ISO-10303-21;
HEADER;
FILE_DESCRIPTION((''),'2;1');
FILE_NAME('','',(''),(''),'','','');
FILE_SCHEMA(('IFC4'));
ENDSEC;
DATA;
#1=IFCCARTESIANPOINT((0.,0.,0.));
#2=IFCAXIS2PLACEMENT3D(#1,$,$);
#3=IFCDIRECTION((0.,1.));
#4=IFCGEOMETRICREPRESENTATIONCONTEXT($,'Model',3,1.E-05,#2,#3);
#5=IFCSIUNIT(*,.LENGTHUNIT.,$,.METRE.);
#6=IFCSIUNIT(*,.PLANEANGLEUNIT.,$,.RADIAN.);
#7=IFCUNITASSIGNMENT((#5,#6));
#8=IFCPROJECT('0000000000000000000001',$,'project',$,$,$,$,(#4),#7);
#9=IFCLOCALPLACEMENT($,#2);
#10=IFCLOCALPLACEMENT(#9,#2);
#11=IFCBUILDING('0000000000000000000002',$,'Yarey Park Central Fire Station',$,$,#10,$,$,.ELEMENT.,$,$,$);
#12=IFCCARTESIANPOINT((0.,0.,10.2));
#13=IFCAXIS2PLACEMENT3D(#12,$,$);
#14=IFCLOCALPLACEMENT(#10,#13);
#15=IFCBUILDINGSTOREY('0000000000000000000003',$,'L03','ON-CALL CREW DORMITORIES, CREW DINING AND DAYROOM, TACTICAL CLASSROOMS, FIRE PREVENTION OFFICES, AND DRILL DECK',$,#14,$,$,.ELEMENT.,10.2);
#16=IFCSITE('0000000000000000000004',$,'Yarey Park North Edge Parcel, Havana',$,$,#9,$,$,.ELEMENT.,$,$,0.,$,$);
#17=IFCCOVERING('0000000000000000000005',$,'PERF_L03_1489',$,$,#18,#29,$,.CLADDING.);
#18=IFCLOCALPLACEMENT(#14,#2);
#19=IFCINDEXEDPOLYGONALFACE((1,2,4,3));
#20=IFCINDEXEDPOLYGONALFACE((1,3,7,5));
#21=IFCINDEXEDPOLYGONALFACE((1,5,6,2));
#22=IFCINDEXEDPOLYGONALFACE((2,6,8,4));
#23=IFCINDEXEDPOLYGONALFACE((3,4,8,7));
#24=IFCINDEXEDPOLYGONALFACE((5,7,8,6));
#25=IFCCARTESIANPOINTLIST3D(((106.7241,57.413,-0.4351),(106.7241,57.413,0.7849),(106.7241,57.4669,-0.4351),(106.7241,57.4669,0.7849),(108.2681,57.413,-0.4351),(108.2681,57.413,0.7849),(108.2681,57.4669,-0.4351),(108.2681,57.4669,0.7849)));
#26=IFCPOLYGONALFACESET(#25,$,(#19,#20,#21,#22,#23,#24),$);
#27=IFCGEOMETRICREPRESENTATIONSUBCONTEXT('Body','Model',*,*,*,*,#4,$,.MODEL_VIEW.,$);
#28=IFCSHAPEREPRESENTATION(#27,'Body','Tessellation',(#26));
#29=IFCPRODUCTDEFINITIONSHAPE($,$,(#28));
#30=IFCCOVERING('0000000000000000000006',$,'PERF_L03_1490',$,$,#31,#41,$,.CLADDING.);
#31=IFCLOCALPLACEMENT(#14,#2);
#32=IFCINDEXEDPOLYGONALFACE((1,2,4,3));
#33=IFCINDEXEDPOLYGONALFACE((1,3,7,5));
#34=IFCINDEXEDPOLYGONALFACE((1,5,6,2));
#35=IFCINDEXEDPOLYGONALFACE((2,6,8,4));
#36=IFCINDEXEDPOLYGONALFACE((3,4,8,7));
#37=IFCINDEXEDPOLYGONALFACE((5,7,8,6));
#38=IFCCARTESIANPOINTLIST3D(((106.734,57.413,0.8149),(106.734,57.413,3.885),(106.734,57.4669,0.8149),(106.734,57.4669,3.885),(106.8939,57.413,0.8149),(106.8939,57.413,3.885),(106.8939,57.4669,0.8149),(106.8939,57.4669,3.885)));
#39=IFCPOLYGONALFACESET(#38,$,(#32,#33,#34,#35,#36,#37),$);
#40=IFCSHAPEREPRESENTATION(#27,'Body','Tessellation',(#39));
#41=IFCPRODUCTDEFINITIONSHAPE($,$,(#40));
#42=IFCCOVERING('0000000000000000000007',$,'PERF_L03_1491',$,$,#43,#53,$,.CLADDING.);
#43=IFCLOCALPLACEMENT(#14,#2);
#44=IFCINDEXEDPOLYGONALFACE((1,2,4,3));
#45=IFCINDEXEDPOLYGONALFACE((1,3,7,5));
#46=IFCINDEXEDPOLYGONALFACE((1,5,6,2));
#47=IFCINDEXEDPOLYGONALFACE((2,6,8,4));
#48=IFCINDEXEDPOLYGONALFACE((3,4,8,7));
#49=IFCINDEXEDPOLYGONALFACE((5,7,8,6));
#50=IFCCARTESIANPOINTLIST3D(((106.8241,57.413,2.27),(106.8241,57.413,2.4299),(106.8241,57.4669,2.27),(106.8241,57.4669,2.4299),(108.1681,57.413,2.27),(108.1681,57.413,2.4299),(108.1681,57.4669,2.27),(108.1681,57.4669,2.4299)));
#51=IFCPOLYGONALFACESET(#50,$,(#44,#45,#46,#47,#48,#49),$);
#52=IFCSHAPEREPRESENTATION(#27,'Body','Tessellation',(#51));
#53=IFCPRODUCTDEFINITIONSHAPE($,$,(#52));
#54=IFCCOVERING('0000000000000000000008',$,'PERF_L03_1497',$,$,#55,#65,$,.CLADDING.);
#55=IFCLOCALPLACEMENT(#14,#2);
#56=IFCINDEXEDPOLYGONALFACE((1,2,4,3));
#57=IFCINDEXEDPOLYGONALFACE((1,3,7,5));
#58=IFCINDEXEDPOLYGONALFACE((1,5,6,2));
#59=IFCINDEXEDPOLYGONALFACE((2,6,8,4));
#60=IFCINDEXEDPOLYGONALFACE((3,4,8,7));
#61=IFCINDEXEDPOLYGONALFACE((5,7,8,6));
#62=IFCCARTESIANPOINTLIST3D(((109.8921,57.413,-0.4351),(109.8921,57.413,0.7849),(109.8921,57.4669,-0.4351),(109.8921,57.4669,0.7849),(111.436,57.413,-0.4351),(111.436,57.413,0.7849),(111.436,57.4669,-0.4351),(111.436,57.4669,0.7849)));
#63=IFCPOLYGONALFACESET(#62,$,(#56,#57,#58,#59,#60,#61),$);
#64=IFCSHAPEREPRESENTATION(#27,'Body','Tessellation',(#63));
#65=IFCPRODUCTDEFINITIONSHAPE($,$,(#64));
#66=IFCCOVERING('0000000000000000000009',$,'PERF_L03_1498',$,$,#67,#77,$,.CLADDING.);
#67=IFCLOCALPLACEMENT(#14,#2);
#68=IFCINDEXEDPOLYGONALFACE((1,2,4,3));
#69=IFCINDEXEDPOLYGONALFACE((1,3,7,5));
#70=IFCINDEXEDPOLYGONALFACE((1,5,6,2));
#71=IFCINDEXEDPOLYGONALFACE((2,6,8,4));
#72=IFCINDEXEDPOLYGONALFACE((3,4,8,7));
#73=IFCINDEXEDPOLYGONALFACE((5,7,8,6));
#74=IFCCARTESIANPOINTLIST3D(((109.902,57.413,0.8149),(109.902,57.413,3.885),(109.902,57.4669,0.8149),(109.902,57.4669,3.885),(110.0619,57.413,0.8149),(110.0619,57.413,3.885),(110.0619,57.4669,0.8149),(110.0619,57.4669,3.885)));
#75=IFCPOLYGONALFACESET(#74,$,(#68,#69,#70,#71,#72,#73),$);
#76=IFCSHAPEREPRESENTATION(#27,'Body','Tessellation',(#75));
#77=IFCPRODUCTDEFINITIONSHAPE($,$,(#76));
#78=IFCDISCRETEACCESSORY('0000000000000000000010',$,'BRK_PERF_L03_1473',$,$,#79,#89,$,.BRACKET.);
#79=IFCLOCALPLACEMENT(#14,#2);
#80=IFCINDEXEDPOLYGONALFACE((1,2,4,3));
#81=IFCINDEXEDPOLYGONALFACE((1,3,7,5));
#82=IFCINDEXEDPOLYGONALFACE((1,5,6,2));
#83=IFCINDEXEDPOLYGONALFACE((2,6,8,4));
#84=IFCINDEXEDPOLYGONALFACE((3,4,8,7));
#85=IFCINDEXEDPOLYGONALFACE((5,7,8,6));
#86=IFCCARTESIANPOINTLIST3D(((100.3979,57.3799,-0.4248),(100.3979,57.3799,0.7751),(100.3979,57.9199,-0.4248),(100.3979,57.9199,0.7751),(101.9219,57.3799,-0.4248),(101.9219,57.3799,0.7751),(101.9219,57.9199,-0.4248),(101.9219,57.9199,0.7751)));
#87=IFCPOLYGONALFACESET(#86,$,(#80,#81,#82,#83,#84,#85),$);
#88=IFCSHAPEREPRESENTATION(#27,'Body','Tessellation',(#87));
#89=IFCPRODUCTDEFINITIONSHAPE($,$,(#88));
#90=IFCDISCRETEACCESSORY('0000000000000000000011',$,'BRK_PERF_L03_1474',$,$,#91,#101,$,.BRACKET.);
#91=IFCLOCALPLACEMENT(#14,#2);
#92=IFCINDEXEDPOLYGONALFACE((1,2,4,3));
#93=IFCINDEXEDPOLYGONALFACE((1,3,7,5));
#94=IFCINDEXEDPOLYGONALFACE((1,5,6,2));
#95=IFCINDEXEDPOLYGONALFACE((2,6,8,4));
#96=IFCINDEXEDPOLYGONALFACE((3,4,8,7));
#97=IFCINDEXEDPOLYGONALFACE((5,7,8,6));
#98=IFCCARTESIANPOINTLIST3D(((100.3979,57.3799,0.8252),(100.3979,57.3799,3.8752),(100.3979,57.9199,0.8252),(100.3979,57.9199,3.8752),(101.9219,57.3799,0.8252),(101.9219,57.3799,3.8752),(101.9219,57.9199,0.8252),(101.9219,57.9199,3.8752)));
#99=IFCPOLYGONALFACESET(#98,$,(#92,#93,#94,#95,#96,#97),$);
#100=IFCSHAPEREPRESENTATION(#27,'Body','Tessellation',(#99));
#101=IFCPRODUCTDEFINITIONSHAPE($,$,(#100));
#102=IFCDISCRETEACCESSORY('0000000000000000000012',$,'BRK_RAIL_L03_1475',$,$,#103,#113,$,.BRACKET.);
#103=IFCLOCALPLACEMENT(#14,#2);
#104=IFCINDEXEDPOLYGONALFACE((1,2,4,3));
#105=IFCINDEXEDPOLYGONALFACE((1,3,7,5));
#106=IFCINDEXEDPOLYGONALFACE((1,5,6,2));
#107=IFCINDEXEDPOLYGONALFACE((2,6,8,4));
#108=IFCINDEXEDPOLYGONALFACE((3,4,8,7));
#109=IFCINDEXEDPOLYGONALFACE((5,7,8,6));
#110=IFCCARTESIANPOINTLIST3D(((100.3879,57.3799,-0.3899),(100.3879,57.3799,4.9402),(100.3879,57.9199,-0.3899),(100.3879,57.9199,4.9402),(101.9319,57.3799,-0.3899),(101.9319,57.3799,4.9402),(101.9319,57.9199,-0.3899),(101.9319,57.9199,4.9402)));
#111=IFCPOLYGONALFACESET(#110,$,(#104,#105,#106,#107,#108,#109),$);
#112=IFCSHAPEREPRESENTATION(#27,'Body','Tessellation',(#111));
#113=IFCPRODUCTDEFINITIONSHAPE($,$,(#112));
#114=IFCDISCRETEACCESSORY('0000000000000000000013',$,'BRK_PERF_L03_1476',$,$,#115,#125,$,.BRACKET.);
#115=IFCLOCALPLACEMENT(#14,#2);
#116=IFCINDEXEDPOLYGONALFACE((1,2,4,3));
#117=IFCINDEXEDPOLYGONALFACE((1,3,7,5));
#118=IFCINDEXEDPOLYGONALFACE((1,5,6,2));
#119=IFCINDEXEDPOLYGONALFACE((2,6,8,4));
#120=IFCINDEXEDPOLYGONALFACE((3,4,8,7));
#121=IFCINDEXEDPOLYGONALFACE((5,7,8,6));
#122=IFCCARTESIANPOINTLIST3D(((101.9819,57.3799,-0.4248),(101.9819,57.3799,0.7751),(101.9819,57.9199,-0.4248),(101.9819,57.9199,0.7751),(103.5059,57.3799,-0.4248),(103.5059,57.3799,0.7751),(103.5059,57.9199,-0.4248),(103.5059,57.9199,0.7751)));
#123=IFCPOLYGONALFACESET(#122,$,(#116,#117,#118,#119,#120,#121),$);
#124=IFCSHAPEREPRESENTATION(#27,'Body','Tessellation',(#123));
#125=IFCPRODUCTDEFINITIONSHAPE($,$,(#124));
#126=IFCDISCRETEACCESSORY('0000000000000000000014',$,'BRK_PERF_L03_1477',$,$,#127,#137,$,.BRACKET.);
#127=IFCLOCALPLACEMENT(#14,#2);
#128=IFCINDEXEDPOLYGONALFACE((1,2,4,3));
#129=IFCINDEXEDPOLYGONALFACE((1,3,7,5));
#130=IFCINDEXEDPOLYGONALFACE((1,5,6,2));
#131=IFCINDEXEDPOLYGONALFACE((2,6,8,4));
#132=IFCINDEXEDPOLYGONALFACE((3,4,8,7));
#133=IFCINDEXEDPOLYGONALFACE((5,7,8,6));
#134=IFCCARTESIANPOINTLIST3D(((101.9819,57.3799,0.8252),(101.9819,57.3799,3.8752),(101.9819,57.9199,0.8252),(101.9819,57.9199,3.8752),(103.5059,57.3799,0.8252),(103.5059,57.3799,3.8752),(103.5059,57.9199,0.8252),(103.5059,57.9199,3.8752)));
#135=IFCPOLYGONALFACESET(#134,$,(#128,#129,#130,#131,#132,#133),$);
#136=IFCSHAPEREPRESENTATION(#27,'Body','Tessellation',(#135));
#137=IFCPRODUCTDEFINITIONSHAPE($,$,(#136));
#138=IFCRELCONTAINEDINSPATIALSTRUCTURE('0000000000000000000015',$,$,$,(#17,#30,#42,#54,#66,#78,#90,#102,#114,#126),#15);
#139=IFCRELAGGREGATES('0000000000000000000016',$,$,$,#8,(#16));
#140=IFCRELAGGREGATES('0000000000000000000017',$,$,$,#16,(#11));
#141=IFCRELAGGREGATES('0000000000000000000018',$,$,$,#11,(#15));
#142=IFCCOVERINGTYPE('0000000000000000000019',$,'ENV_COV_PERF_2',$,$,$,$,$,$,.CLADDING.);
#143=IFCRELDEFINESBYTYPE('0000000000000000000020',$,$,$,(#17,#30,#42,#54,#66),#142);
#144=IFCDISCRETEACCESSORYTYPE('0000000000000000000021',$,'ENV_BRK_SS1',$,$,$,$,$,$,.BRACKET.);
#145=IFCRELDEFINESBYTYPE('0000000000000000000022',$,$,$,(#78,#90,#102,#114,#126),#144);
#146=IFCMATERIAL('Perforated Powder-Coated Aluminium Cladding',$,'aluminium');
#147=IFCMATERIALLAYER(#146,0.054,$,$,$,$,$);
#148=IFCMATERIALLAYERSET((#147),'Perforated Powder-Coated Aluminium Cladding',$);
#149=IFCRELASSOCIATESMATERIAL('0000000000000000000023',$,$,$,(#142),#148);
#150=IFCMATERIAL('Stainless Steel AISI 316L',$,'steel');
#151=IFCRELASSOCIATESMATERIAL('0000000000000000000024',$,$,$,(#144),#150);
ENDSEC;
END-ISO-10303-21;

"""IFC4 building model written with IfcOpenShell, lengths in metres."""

from ifc_helpers import new_model, si_unit, direction, frame, origin, origin_2d, place, context, subcontext, project, spatial, rectangle, extrude, material, layer, layer_set, type_object, element, save


model = new_model("IFC4")

# Units and contexts
model_context = context("Model", 3, precision=1e-05, world=origin(), true_north=direction((0.0, 1.0)))
body_context = subcontext(model_context, "Body", "Model", "MODEL_VIEW")
ifc_project = project(units=[si_unit("LENGTHUNIT", "METRE"), si_unit("PLANEANGLEUNIT", "RADIAN")], contexts=[model_context])

# Site, building, storey
site_placement = place(None, origin())
site = spatial("IfcSite", under=ifc_project, at=site_placement, Name="Yarey Park North Edge Parcel, Havana", CompositionType="ELEMENT", RefElevation=0.0)
building_placement = place(site_placement, origin())
building = spatial("IfcBuilding", under=site, at=building_placement, Name="Yarey Park Central Fire Station", CompositionType="ELEMENT")
storey_placement = place(building_placement, frame((0.0, 0.0, 10.2)))
storey = spatial("IfcBuildingStorey", under=building, at=storey_placement, Name="L03", Description="ON-CALL CREW DORMITORIES, CREW DINING AND DAYROOM, TACTICAL CLASSROOMS, FIRE PREVENTION OFFICES, AND DRILL DECK", CompositionType="ELEMENT", Elevation=10.2)

# Coverings
ifc_material_1 = material(Name="Perforated Powder-Coated Aluminium Cladding", Category="aluminium")
ifc_layer_1 = layer(ifc_material_1, 0.054)
ifc_layer_set_1 = layer_set([ifc_layer_1], Name="Perforated Powder-Coated Aluminium Cladding")
covering_type_1 = type_object("IfcCoveringType", Name="ENV_COV_PERF_2", PredefinedType="CLADDING", material=ifc_layer_set_1)
covering_1_placement = place(storey_placement, frame((107.4961, 57.4399, -0.4351), z_axis=(0.0, 0.0, 1.0), x_axis=(1.0, 0.0, 0.0)))
element("IfcCovering", 1, at=covering_1_placement, inside=storey, type_object=covering_type_1, Name="PERF_L03_1489", PredefinedType="CLADDING", context=body_context, shape_type="SweptSolid", body=[
    extrude(rectangle(XDim=1.5439, YDim=0.054, at=origin_2d()), origin(), (0.0, 0.0, 1.0), 1.22),
])
covering_2_placement = place(storey_placement, frame((106.814, 57.4399, 0.8149), z_axis=(0.0, 0.0, 1.0), x_axis=(1.0, 0.0, 0.0)))
element("IfcCovering", 2, at=covering_2_placement, inside=storey, type_object=covering_type_1, Name="PERF_L03_1490", PredefinedType="CLADDING", context=body_context, shape_type="SweptSolid", body=[
    extrude(rectangle(XDim=0.1599, YDim=0.054, at=origin_2d()), origin(), (0.0, 0.0, 1.0), 3.0701),
])
covering_3_placement = place(storey_placement, frame((107.4961, 57.4399, 2.27), z_axis=(0.0, 0.0, 1.0), x_axis=(1.0, 0.0, 0.0)))
element("IfcCovering", 3, at=covering_3_placement, inside=storey, type_object=covering_type_1, Name="PERF_L03_1491", PredefinedType="CLADDING", context=body_context, shape_type="SweptSolid", body=[
    extrude(rectangle(XDim=1.344, YDim=0.054, at=origin_2d()), origin(), (0.0, 0.0, 1.0), 0.1599),
])
covering_4_placement = place(storey_placement, frame((110.6641, 57.4399, -0.4351), z_axis=(0.0, 0.0, 1.0), x_axis=(1.0, 0.0, 0.0)))
element("IfcCovering", 4, at=covering_4_placement, inside=storey, type_object=covering_type_1, Name="PERF_L03_1497", PredefinedType="CLADDING", context=body_context, shape_type="SweptSolid", body=[
    extrude(rectangle(XDim=1.5439, YDim=0.054, at=origin_2d()), origin(), (0.0, 0.0, 1.0), 1.22),
])
covering_5_placement = place(storey_placement, frame((109.9819, 57.4399, 0.8149), z_axis=(0.0, 0.0, 1.0), x_axis=(1.0, 0.0, 0.0)))
element("IfcCovering", 5, at=covering_5_placement, inside=storey, type_object=covering_type_1, Name="PERF_L03_1498", PredefinedType="CLADDING", context=body_context, shape_type="SweptSolid", body=[
    extrude(rectangle(XDim=0.1599, YDim=0.054, at=origin_2d()), origin(), (0.0, 0.0, 1.0), 3.0701),
])

# Discrete accessories
ifc_material_2 = material(Name="Stainless Steel AISI 316L", Category="steel")
discrete_accessory_type = type_object("IfcDiscreteAccessoryType", Name="ENV_BRK_SS1", PredefinedType="BRACKET", material=ifc_material_2)
discrete_accessory_1_placement = place(storey_placement, frame((101.1599, 57.6499, -0.4248), z_axis=(0.0, 0.0, 1.0), x_axis=(1.0, 0.0, 0.0)))
element("IfcDiscreteAccessory", 6, at=discrete_accessory_1_placement, inside=storey, type_object=discrete_accessory_type, Name="BRK_PERF_L03_1473", PredefinedType="BRACKET", context=body_context, shape_type="SweptSolid", body=[
    extrude(rectangle(XDim=1.5239, YDim=0.54, at=origin_2d()), origin(), (0.0, 0.0, 1.0), 1.2),
])
discrete_accessory_2_placement = place(storey_placement, frame((101.1599, 57.6499, 0.8252), z_axis=(0.0, 0.0, 1.0), x_axis=(1.0, 0.0, 0.0)))
element("IfcDiscreteAccessory", 7, at=discrete_accessory_2_placement, inside=storey, type_object=discrete_accessory_type, Name="BRK_PERF_L03_1474", PredefinedType="BRACKET", context=body_context, shape_type="SweptSolid", body=[
    extrude(rectangle(XDim=1.5239, YDim=0.54, at=origin_2d()), origin(), (0.0, 0.0, 1.0), 3.05),
])
discrete_accessory_3_placement = place(storey_placement, frame((101.1599, 57.6499, -0.3899), z_axis=(0.0, 0.0, 1.0), x_axis=(1.0, 0.0, 0.0)))
element("IfcDiscreteAccessory", 8, at=discrete_accessory_3_placement, inside=storey, type_object=discrete_accessory_type, Name="BRK_RAIL_L03_1475", PredefinedType="BRACKET", context=body_context, shape_type="SweptSolid", body=[
    extrude(rectangle(XDim=1.5439, YDim=0.54, at=origin_2d()), origin(), (0.0, 0.0, 1.0), 5.3301),
])
discrete_accessory_4_placement = place(storey_placement, frame((102.7439, 57.6499, -0.4248), z_axis=(0.0, 0.0, 1.0), x_axis=(1.0, 0.0, 0.0)))
element("IfcDiscreteAccessory", 9, at=discrete_accessory_4_placement, inside=storey, type_object=discrete_accessory_type, Name="BRK_PERF_L03_1476", PredefinedType="BRACKET", context=body_context, shape_type="SweptSolid", body=[
    extrude(rectangle(XDim=1.5239, YDim=0.54, at=origin_2d()), origin(), (0.0, 0.0, 1.0), 1.2),
])
discrete_accessory_5_placement = place(storey_placement, frame((102.7439, 57.6499, 0.8252), z_axis=(0.0, 0.0, 1.0), x_axis=(1.0, 0.0, 0.0)))
element("IfcDiscreteAccessory", 10, at=discrete_accessory_5_placement, inside=storey, type_object=discrete_accessory_type, Name="BRK_PERF_L03_1477", PredefinedType="BRACKET", context=body_context, shape_type="SweptSolid", body=[
    extrude(rectangle(XDim=1.5239, YDim=0.54, at=origin_2d()), origin(), (0.0, 0.0, 1.0), 3.05),
])

save(model, "model.ifc")
